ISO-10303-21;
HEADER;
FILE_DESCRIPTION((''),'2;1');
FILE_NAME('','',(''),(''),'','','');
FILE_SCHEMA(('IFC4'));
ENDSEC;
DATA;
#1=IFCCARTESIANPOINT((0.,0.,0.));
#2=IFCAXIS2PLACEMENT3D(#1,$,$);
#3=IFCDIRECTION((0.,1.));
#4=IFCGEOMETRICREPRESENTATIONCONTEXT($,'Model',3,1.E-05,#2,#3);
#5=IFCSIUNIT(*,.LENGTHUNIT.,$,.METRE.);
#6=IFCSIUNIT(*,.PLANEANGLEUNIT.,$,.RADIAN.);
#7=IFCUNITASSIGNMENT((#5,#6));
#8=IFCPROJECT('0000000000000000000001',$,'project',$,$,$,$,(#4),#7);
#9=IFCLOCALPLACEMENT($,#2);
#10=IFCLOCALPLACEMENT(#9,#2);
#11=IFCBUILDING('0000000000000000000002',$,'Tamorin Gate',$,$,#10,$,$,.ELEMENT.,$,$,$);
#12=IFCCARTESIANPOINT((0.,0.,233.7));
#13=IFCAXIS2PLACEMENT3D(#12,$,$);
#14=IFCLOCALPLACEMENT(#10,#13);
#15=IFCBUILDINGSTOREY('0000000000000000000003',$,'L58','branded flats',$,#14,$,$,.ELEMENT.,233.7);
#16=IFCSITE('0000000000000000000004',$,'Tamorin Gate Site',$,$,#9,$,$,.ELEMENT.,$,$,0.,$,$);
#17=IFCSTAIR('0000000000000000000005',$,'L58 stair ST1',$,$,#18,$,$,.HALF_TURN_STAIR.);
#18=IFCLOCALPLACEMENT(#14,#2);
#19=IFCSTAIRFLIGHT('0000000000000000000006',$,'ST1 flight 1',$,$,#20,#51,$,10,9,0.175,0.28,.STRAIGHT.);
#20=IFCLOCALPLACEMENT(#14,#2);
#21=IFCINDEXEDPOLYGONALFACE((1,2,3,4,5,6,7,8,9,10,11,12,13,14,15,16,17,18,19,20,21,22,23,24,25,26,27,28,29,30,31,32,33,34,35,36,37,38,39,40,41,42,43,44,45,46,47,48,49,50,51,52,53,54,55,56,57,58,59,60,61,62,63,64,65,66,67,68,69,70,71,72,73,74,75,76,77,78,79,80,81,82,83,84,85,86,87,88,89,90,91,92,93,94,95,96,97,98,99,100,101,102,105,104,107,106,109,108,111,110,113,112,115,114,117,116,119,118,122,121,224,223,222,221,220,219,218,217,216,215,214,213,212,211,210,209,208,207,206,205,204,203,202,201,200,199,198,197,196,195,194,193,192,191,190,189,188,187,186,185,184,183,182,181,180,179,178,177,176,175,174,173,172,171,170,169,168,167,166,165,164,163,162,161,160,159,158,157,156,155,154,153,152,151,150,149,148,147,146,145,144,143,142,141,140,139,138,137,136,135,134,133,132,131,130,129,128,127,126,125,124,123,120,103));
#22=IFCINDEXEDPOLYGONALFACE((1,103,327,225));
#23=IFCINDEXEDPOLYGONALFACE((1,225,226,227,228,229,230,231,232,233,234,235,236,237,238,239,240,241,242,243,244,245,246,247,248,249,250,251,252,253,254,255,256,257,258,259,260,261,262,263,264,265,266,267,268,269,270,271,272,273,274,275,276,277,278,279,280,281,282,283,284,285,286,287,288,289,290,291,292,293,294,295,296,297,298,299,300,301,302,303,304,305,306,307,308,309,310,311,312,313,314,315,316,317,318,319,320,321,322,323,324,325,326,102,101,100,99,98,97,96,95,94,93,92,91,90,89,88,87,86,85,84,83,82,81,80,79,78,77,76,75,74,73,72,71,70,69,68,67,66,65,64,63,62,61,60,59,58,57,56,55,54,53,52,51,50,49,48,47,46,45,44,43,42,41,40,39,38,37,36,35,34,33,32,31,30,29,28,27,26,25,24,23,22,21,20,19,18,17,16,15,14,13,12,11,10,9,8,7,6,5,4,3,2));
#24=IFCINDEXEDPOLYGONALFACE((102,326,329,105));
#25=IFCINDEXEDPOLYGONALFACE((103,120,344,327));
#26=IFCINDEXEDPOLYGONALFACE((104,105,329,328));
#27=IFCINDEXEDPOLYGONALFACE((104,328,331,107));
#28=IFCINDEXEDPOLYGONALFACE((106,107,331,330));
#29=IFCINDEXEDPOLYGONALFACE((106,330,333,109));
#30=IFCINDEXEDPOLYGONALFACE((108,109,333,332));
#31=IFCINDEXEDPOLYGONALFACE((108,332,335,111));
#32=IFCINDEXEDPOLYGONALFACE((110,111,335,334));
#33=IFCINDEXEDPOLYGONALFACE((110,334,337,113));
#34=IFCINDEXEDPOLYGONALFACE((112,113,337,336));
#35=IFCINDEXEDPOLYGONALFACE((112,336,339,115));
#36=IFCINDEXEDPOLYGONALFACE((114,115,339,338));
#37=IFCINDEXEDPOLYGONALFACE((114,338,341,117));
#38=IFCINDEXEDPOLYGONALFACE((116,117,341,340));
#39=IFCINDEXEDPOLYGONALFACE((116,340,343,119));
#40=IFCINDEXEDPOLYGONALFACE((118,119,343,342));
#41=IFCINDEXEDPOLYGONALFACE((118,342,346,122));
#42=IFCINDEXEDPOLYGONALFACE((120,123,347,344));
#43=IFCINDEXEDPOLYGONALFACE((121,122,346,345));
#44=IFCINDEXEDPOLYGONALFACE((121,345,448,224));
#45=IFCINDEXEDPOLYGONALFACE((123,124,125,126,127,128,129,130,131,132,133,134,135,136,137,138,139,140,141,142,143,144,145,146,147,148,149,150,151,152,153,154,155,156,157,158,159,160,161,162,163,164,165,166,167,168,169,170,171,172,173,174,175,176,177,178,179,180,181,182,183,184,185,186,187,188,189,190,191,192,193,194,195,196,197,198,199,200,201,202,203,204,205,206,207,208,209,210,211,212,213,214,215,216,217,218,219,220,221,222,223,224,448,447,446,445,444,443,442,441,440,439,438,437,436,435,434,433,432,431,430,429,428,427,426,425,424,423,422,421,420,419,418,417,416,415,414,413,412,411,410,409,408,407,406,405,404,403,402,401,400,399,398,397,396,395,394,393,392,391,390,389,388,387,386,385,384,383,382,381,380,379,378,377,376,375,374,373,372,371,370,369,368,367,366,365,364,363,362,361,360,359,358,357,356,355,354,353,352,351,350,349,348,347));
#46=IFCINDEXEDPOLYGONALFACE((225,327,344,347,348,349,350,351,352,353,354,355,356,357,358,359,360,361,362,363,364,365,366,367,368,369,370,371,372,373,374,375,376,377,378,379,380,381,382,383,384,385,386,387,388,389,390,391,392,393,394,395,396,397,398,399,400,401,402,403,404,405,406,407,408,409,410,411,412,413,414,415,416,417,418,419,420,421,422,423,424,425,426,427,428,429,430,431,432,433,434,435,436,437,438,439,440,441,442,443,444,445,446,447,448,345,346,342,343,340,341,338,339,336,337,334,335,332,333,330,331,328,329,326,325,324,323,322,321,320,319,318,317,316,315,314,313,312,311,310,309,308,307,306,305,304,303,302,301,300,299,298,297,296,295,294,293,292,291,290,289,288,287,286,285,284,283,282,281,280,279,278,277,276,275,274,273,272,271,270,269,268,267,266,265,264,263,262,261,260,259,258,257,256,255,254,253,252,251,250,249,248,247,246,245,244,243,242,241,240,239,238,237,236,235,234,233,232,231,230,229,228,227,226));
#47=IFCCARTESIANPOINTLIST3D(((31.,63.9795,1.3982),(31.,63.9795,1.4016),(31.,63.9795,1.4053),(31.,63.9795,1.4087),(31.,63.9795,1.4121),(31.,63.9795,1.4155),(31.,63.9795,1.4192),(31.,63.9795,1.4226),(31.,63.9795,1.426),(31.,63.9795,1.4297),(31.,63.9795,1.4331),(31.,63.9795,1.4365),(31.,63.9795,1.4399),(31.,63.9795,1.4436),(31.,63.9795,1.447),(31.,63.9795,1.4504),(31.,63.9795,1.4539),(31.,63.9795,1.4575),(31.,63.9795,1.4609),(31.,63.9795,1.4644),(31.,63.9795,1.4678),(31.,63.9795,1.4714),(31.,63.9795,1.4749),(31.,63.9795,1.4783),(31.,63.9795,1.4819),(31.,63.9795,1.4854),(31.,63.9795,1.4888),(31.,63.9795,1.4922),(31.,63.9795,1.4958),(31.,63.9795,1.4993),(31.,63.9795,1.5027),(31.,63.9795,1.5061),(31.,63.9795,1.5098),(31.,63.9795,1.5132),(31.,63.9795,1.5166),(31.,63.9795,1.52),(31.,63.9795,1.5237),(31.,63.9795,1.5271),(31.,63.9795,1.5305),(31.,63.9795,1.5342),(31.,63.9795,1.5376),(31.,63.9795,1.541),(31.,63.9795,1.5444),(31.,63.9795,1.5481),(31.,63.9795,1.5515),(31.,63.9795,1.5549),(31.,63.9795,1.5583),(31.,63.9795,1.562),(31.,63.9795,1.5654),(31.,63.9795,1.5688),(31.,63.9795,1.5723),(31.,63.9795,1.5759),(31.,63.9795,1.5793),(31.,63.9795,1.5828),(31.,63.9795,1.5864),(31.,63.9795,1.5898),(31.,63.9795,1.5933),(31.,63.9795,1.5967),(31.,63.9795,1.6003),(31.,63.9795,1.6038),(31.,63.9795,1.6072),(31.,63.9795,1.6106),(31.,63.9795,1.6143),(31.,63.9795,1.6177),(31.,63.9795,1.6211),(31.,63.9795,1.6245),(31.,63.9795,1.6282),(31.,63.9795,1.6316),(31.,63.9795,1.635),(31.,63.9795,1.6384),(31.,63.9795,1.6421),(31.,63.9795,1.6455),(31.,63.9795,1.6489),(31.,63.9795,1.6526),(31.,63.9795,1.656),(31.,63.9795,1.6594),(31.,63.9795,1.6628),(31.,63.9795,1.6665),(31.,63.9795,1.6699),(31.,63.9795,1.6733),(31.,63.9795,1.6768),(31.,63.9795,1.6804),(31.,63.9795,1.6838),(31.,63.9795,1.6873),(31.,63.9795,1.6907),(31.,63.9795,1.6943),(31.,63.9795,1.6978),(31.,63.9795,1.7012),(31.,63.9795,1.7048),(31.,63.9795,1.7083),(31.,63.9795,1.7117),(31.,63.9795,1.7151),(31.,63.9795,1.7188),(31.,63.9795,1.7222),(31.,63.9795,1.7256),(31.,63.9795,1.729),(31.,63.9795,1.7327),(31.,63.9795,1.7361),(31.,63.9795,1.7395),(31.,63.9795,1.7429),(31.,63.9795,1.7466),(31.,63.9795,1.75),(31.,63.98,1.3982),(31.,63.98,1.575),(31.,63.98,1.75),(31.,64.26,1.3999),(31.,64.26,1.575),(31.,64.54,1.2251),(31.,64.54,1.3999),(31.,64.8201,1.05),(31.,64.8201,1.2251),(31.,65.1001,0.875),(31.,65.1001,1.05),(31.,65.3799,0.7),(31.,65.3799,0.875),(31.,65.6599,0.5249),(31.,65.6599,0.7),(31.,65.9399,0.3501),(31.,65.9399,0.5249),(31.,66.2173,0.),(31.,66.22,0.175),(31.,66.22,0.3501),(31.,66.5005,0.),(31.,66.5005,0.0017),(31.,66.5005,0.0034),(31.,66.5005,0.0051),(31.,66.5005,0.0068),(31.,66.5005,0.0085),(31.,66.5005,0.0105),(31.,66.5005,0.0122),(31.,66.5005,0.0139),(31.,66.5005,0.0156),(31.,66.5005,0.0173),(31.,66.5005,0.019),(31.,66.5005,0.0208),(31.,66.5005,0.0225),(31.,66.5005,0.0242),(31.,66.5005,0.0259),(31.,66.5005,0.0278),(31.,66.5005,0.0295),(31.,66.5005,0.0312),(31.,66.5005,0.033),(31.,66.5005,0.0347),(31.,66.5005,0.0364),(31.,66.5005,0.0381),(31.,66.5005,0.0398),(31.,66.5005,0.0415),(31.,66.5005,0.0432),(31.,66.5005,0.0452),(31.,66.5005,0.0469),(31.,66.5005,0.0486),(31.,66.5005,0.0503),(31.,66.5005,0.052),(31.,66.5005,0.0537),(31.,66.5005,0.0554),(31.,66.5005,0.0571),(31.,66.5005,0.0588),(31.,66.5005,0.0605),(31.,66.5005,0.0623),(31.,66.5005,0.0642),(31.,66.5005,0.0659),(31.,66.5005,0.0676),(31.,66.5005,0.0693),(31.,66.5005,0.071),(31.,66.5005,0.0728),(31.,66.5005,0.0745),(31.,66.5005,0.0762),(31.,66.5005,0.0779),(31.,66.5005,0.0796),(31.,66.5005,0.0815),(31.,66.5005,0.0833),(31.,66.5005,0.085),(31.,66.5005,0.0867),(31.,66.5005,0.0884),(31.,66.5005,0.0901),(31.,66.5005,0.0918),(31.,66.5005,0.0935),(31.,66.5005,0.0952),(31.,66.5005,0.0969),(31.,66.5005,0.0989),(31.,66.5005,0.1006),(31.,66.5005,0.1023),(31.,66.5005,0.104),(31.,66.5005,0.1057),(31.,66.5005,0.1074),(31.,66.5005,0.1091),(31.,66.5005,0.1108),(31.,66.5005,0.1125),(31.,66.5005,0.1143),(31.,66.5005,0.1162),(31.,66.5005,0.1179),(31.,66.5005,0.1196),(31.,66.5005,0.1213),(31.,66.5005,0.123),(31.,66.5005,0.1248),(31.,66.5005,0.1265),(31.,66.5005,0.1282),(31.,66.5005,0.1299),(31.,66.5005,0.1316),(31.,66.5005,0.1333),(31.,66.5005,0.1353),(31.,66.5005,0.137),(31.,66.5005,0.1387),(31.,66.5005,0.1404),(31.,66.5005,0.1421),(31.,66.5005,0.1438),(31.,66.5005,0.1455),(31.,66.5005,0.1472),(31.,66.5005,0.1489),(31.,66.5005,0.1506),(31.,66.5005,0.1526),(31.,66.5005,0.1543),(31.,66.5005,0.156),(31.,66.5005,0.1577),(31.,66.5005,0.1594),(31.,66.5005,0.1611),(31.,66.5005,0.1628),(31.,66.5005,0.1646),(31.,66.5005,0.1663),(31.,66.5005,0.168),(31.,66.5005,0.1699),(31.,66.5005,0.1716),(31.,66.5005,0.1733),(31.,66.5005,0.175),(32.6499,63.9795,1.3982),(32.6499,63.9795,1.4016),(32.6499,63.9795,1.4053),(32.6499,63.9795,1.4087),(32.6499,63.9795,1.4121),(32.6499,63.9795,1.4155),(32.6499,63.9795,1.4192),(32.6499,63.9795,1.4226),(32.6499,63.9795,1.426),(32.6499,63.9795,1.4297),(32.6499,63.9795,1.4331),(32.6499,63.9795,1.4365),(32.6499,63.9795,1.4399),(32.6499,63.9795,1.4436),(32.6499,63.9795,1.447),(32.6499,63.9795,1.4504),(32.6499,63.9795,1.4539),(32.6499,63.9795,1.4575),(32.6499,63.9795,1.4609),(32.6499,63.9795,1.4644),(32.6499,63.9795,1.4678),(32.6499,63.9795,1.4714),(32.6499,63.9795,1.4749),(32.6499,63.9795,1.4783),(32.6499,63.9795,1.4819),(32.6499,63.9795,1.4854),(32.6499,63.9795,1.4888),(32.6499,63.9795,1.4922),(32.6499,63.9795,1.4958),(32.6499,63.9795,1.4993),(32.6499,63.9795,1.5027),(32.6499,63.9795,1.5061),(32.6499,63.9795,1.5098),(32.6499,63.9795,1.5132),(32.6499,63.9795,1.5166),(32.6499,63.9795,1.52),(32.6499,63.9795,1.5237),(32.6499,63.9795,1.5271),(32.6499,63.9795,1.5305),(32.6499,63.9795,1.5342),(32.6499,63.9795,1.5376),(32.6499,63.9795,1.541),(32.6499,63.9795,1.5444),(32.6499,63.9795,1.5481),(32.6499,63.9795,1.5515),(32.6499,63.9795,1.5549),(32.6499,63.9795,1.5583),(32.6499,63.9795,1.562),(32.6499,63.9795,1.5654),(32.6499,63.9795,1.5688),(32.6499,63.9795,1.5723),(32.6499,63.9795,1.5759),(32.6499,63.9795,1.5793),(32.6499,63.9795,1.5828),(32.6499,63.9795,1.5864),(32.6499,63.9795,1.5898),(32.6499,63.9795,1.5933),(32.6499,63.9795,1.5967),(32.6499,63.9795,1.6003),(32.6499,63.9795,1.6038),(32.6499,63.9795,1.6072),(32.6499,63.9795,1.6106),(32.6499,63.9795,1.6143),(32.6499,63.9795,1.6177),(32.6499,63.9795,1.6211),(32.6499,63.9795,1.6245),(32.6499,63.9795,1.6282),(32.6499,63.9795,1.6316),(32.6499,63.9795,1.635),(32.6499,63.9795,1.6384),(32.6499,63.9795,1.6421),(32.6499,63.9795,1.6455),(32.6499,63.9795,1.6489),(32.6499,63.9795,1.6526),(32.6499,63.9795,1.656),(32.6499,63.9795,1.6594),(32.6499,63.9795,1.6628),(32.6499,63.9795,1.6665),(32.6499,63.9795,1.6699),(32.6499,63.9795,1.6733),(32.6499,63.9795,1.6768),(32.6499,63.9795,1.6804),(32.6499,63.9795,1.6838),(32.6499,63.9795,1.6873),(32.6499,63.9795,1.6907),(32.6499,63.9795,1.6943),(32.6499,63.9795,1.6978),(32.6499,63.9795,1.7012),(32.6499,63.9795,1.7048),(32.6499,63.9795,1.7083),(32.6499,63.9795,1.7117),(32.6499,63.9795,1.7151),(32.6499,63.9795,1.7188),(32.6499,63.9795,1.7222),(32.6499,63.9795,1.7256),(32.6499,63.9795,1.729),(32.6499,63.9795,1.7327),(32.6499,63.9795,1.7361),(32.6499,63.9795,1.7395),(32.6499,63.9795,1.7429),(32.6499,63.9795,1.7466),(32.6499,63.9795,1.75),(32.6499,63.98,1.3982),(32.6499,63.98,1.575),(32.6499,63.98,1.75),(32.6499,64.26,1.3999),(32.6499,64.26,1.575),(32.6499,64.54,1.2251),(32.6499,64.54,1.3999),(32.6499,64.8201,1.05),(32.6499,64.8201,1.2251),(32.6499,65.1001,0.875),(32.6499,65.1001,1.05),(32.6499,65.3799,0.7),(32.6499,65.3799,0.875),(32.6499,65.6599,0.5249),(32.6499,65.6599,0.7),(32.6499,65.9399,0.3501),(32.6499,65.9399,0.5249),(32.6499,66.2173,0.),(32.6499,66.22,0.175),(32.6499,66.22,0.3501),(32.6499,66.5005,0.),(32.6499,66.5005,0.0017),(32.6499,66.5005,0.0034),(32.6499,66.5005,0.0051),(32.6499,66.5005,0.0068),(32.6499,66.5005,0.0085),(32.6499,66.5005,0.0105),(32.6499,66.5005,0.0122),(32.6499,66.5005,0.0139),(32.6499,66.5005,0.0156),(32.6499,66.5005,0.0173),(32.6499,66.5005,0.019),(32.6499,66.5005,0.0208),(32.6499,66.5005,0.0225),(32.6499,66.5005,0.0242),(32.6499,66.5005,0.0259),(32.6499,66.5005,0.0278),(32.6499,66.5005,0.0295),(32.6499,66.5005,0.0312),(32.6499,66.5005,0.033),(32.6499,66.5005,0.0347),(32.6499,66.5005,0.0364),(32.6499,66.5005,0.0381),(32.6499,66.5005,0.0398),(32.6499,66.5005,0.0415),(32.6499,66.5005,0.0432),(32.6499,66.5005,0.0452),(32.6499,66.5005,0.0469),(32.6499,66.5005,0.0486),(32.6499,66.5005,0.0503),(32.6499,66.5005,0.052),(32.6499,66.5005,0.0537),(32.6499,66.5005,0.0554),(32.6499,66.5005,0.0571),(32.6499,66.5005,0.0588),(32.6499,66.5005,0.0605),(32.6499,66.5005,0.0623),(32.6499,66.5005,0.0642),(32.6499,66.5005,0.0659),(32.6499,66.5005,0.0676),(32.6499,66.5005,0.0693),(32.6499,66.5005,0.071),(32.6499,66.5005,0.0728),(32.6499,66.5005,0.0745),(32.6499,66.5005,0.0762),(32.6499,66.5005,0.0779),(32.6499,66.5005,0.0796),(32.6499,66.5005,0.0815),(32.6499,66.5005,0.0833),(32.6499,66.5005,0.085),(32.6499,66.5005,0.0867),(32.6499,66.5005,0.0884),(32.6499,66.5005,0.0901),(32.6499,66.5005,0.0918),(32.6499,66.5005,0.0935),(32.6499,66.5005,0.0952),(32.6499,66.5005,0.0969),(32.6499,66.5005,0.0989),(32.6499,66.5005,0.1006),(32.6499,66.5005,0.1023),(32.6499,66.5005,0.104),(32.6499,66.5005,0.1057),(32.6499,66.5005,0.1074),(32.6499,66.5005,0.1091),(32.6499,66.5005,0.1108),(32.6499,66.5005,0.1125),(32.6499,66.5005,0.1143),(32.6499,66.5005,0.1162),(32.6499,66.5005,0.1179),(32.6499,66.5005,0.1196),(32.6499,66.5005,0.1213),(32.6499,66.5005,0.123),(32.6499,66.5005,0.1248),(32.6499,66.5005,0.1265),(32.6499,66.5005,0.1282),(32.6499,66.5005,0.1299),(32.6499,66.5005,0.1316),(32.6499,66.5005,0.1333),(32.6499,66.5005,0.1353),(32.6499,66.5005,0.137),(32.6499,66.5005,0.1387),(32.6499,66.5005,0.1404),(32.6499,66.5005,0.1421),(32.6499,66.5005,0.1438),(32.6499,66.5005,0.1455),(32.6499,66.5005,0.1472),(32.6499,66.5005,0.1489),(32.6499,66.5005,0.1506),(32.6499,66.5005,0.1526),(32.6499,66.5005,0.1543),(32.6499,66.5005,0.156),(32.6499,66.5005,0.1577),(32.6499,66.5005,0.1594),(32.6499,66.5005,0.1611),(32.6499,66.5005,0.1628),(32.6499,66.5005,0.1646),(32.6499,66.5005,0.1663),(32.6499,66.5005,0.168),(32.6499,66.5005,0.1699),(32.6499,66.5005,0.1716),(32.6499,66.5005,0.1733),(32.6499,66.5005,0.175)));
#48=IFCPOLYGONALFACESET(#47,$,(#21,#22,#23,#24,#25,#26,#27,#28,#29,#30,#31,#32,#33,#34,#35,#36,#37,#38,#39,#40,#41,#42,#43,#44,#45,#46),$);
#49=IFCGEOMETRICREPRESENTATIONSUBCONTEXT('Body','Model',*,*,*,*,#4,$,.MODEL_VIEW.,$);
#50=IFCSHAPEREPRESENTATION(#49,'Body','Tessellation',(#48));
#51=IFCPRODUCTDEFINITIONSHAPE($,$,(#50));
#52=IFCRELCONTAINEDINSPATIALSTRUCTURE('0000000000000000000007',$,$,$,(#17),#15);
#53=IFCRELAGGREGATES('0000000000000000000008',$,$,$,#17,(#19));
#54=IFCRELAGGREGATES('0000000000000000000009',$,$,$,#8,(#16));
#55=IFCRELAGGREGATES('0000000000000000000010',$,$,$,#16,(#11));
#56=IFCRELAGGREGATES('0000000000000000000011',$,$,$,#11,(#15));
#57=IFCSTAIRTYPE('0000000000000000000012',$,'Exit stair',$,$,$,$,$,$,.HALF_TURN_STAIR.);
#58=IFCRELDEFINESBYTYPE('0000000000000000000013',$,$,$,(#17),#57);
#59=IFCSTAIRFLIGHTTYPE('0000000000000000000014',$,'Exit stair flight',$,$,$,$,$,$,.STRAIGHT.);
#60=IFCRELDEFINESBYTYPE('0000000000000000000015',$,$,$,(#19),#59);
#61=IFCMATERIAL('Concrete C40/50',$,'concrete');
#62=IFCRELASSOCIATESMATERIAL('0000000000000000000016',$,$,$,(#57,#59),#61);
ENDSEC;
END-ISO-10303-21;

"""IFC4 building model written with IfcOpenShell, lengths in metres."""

from ifc_helpers import new_model, si_unit, direction, frame, origin, place, context, subcontext, project, spatial, polyline, outline, extrude, material, type_object, element, aggregate, save


model = new_model("IFC4")

# Units and contexts
model_context = context("Model", 3, precision=1e-05, world=origin(), true_north=direction((0.0, 1.0)))
body_context = subcontext(model_context, "Body", "Model", "MODEL_VIEW")
ifc_project = project(units=[si_unit("LENGTHUNIT", "METRE"), si_unit("PLANEANGLEUNIT", "RADIAN")], contexts=[model_context])

# Site, building, storey
site_placement = place(None, origin())
site = spatial("IfcSite", under=ifc_project, at=site_placement, Name="Tamorin Gate Site", CompositionType="ELEMENT", RefElevation=0.0)
building_placement = place(site_placement, origin())
building = spatial("IfcBuilding", under=site, at=building_placement, Name="Tamorin Gate", CompositionType="ELEMENT")
storey_placement = place(building_placement, frame((0.0, 0.0, 233.7)))
storey = spatial("IfcBuildingStorey", under=building, at=storey_placement, Name="L58", Description="branded flats", CompositionType="ELEMENT", Elevation=233.7)

# Shared definitions
ifc_material_1 = material(Name="Concrete C40/50", Category="concrete")

# Stair, stair flight
stair_type = type_object("IfcStairType", Name="Exit stair", PredefinedType="HALF_TURN_STAIR", material=ifc_material_1)
stair_1_placement = place(storey_placement, origin())
stair_1 = element("IfcStair", 1, at=stair_1_placement, inside=storey, type_object=stair_type, Name="L58 stair ST1", PredefinedType="HALF_TURN_STAIR")
stair_flight_type = type_object("IfcStairFlightType", Name="Exit stair flight", PredefinedType="STRAIGHT", material=ifc_material_1)
stair_flight_1_placement = place(storey_placement, frame((31.825, 66.5, 0.0), z_axis=(0.0, 0.0, 1.0), x_axis=(0.0, -1.0, 0.0)))
stair_flight_1 = element("IfcStairFlight", 2, at=stair_flight_1_placement, type_object=stair_flight_type, Name="ST1 flight 1", NumberOfRisers=10, NumberOfTreads=9, PredefinedType="STRAIGHT", RiserHeight=0.175, TreadLength=0.28, context=body_context, shape_type="SweptSolid", body=[
    extrude(outline(polyline([(-0.0005, 0.0), (-0.0005, 0.0017), (-0.0005, 0.0034), (-0.0005, 0.0051), (-0.0005, 0.0068), (-0.0005, 0.0085), (-0.0005, 0.0105), (-0.0005, 0.0122), (-0.0005, 0.0139), (-0.0005, 0.0156), (-0.0005, 0.0173), (-0.0005, 0.019), (-0.0005, 0.0208), (-0.0005, 0.0225), (-0.0005, 0.0242), (-0.0005, 0.0259), (-0.0005, 0.0278), (-0.0005, 0.0295), (-0.0005, 0.0312), (-0.0005, 0.033), (-0.0005, 0.0347), (-0.0005, 0.0364), (-0.0005, 0.0381), (-0.0005, 0.0398), (-0.0005, 0.0415), (-0.0005, 0.0432), (-0.0005, 0.0452), (-0.0005, 0.0469), (-0.0005, 0.0486), (-0.0005, 0.0503), (-0.0005, 0.052), (-0.0005, 0.0537), (-0.0005, 0.0554), (-0.0005, 0.0571), (-0.0005, 0.0588), (-0.0005, 0.0605), (-0.0005, 0.0623), (-0.0005, 0.0642), (-0.0005, 0.0659), (-0.0005, 0.0676), (-0.0005, 0.0693), (-0.0005, 0.071), (-0.0005, 0.0728), (-0.0005, 0.0745), (-0.0005, 0.0762), (-0.0005, 0.0779), (-0.0005, 0.0796), (-0.0005, 0.0815), (-0.0005, 0.0833), (-0.0005, 0.085), (-0.0005, 0.0867), (-0.0005, 0.0884), (-0.0005, 0.0901), (-0.0005, 0.0918), (-0.0005, 0.0935), (-0.0005, 0.0952), (-0.0005, 0.0969), (-0.0005, 0.0989), (-0.0005, 0.1006), (-0.0005, 0.1023), (-0.0005, 0.104), (-0.0005, 0.1057), (-0.0005, 0.1074), (-0.0005, 0.1091), (-0.0005, 0.1108), (-0.0005, 0.1125), (-0.0005, 0.1143), (-0.0005, 0.1162), (-0.0005, 0.1179), (-0.0005, 0.1196), (-0.0005, 0.1213), (-0.0005, 0.123), (-0.0005, 0.1248), (-0.0005, 0.1265), (-0.0005, 0.1282), (-0.0005, 0.1299), (-0.0005, 0.1316), (-0.0005, 0.1333), (-0.0005, 0.1353), (-0.0005, 0.137), (-0.0005, 0.1387), (-0.0005, 0.1404), (-0.0005, 0.1421), (-0.0005, 0.1438), (-0.0005, 0.1455), (-0.0005, 0.1472), (-0.0005, 0.1489), (-0.0005, 0.1506), (-0.0005, 0.1526), (-0.0005, 0.1543), (-0.0005, 0.156), (-0.0005, 0.1577), (-0.0005, 0.1594), (-0.0005, 0.1611), (-0.0005, 0.1628), (-0.0005, 0.1646), (-0.0005, 0.1663), (-0.0005, 0.168), (-0.0005, 0.1699), (-0.0005, 0.1716), (-0.0005, 0.1733), (-0.0005, 0.175), (0.28, 0.175), (0.28, 0.3501), (0.5601, 0.3501), (0.5601, 0.5249), (0.8401, 0.5249), (0.8401, 0.7), (1.1201, 0.7), (1.1201, 0.875), (1.3999, 0.875), (1.3999, 1.05), (1.6799, 1.05), (1.6799, 1.2251), (1.96, 1.2251), (1.96, 1.3999), (2.24, 1.3999), (2.24, 1.575), (2.52, 1.575), (2.52, 1.75), (2.5205, 1.75), (2.5205, 1.7466), (2.5205, 1.7429), (2.5205, 1.7395), (2.5205, 1.7361), (2.5205, 1.7327), (2.5205, 1.729), (2.5205, 1.7256), (2.5205, 1.7222), (2.5205, 1.7188), (2.5205, 1.7151), (2.5205, 1.7117), (2.5205, 1.7083), (2.5205, 1.7048), (2.5205, 1.7012), (2.5205, 1.6978), (2.5205, 1.6943), (2.5205, 1.6907), (2.5205, 1.6873), (2.5205, 1.6838), (2.5205, 1.6804), (2.5205, 1.6768), (2.5205, 1.6733), (2.5205, 1.6699), (2.5205, 1.6665), (2.5205, 1.6628), (2.5205, 1.6594), (2.5205, 1.656), (2.5205, 1.6526), (2.5205, 1.6489), (2.5205, 1.6455), (2.5205, 1.6421), (2.5205, 1.6384), (2.5205, 1.635), (2.5205, 1.6316), (2.5205, 1.6282), (2.5205, 1.6245), (2.5205, 1.6211), (2.5205, 1.6177), (2.5205, 1.6143), (2.5205, 1.6106), (2.5205, 1.6072), (2.5205, 1.6038), (2.5205, 1.6003), (2.5205, 1.5967), (2.5205, 1.5933), (2.5205, 1.5898), (2.5205, 1.5864), (2.5205, 1.5828), (2.5205, 1.5793), (2.5205, 1.5759), (2.5205, 1.5723), (2.5205, 1.5688), (2.5205, 1.5654), (2.5205, 1.562), (2.5205, 1.5583), (2.5205, 1.5549), (2.5205, 1.5515), (2.5205, 1.5481), (2.5205, 1.5444), (2.5205, 1.541), (2.5205, 1.5376), (2.5205, 1.5342), (2.5205, 1.5305), (2.5205, 1.5271), (2.5205, 1.5237), (2.5205, 1.52), (2.5205, 1.5166), (2.5205, 1.5132), (2.5205, 1.5098), (2.5205, 1.5061), (2.5205, 1.5027), (2.5205, 1.4993), (2.5205, 1.4958), (2.5205, 1.4922), (2.5205, 1.4888), (2.5205, 1.4854), (2.5205, 1.4819), (2.5205, 1.4783), (2.5205, 1.4749), (2.5205, 1.4714), (2.5205, 1.4678), (2.5205, 1.4644), (2.5205, 1.4609), (2.5205, 1.4575), (2.5205, 1.4539), (2.5205, 1.4504), (2.5205, 1.447), (2.5205, 1.4436), (2.5205, 1.4399), (2.5205, 1.4365), (2.5205, 1.4331), (2.5205, 1.4297), (2.5205, 1.426), (2.5205, 1.4226), (2.5205, 1.4192), (2.5205, 1.4155), (2.5205, 1.4121), (2.5205, 1.4087), (2.5205, 1.4053), (2.5205, 1.4016), (2.5205, 1.3982), (2.52, 1.3982), (0.2827, 0.0), (-0.0005, 0.0)])), frame((0.0, 0.825, 0.0), z_axis=(0.0, -1.0, 0.0), x_axis=(1.0, 0.0, 0.0)), (0.0, 0.0, 1.0), 1.6499),
])
aggregate(stair_1, [stair_flight_1])

save(model, "model.ifc")
